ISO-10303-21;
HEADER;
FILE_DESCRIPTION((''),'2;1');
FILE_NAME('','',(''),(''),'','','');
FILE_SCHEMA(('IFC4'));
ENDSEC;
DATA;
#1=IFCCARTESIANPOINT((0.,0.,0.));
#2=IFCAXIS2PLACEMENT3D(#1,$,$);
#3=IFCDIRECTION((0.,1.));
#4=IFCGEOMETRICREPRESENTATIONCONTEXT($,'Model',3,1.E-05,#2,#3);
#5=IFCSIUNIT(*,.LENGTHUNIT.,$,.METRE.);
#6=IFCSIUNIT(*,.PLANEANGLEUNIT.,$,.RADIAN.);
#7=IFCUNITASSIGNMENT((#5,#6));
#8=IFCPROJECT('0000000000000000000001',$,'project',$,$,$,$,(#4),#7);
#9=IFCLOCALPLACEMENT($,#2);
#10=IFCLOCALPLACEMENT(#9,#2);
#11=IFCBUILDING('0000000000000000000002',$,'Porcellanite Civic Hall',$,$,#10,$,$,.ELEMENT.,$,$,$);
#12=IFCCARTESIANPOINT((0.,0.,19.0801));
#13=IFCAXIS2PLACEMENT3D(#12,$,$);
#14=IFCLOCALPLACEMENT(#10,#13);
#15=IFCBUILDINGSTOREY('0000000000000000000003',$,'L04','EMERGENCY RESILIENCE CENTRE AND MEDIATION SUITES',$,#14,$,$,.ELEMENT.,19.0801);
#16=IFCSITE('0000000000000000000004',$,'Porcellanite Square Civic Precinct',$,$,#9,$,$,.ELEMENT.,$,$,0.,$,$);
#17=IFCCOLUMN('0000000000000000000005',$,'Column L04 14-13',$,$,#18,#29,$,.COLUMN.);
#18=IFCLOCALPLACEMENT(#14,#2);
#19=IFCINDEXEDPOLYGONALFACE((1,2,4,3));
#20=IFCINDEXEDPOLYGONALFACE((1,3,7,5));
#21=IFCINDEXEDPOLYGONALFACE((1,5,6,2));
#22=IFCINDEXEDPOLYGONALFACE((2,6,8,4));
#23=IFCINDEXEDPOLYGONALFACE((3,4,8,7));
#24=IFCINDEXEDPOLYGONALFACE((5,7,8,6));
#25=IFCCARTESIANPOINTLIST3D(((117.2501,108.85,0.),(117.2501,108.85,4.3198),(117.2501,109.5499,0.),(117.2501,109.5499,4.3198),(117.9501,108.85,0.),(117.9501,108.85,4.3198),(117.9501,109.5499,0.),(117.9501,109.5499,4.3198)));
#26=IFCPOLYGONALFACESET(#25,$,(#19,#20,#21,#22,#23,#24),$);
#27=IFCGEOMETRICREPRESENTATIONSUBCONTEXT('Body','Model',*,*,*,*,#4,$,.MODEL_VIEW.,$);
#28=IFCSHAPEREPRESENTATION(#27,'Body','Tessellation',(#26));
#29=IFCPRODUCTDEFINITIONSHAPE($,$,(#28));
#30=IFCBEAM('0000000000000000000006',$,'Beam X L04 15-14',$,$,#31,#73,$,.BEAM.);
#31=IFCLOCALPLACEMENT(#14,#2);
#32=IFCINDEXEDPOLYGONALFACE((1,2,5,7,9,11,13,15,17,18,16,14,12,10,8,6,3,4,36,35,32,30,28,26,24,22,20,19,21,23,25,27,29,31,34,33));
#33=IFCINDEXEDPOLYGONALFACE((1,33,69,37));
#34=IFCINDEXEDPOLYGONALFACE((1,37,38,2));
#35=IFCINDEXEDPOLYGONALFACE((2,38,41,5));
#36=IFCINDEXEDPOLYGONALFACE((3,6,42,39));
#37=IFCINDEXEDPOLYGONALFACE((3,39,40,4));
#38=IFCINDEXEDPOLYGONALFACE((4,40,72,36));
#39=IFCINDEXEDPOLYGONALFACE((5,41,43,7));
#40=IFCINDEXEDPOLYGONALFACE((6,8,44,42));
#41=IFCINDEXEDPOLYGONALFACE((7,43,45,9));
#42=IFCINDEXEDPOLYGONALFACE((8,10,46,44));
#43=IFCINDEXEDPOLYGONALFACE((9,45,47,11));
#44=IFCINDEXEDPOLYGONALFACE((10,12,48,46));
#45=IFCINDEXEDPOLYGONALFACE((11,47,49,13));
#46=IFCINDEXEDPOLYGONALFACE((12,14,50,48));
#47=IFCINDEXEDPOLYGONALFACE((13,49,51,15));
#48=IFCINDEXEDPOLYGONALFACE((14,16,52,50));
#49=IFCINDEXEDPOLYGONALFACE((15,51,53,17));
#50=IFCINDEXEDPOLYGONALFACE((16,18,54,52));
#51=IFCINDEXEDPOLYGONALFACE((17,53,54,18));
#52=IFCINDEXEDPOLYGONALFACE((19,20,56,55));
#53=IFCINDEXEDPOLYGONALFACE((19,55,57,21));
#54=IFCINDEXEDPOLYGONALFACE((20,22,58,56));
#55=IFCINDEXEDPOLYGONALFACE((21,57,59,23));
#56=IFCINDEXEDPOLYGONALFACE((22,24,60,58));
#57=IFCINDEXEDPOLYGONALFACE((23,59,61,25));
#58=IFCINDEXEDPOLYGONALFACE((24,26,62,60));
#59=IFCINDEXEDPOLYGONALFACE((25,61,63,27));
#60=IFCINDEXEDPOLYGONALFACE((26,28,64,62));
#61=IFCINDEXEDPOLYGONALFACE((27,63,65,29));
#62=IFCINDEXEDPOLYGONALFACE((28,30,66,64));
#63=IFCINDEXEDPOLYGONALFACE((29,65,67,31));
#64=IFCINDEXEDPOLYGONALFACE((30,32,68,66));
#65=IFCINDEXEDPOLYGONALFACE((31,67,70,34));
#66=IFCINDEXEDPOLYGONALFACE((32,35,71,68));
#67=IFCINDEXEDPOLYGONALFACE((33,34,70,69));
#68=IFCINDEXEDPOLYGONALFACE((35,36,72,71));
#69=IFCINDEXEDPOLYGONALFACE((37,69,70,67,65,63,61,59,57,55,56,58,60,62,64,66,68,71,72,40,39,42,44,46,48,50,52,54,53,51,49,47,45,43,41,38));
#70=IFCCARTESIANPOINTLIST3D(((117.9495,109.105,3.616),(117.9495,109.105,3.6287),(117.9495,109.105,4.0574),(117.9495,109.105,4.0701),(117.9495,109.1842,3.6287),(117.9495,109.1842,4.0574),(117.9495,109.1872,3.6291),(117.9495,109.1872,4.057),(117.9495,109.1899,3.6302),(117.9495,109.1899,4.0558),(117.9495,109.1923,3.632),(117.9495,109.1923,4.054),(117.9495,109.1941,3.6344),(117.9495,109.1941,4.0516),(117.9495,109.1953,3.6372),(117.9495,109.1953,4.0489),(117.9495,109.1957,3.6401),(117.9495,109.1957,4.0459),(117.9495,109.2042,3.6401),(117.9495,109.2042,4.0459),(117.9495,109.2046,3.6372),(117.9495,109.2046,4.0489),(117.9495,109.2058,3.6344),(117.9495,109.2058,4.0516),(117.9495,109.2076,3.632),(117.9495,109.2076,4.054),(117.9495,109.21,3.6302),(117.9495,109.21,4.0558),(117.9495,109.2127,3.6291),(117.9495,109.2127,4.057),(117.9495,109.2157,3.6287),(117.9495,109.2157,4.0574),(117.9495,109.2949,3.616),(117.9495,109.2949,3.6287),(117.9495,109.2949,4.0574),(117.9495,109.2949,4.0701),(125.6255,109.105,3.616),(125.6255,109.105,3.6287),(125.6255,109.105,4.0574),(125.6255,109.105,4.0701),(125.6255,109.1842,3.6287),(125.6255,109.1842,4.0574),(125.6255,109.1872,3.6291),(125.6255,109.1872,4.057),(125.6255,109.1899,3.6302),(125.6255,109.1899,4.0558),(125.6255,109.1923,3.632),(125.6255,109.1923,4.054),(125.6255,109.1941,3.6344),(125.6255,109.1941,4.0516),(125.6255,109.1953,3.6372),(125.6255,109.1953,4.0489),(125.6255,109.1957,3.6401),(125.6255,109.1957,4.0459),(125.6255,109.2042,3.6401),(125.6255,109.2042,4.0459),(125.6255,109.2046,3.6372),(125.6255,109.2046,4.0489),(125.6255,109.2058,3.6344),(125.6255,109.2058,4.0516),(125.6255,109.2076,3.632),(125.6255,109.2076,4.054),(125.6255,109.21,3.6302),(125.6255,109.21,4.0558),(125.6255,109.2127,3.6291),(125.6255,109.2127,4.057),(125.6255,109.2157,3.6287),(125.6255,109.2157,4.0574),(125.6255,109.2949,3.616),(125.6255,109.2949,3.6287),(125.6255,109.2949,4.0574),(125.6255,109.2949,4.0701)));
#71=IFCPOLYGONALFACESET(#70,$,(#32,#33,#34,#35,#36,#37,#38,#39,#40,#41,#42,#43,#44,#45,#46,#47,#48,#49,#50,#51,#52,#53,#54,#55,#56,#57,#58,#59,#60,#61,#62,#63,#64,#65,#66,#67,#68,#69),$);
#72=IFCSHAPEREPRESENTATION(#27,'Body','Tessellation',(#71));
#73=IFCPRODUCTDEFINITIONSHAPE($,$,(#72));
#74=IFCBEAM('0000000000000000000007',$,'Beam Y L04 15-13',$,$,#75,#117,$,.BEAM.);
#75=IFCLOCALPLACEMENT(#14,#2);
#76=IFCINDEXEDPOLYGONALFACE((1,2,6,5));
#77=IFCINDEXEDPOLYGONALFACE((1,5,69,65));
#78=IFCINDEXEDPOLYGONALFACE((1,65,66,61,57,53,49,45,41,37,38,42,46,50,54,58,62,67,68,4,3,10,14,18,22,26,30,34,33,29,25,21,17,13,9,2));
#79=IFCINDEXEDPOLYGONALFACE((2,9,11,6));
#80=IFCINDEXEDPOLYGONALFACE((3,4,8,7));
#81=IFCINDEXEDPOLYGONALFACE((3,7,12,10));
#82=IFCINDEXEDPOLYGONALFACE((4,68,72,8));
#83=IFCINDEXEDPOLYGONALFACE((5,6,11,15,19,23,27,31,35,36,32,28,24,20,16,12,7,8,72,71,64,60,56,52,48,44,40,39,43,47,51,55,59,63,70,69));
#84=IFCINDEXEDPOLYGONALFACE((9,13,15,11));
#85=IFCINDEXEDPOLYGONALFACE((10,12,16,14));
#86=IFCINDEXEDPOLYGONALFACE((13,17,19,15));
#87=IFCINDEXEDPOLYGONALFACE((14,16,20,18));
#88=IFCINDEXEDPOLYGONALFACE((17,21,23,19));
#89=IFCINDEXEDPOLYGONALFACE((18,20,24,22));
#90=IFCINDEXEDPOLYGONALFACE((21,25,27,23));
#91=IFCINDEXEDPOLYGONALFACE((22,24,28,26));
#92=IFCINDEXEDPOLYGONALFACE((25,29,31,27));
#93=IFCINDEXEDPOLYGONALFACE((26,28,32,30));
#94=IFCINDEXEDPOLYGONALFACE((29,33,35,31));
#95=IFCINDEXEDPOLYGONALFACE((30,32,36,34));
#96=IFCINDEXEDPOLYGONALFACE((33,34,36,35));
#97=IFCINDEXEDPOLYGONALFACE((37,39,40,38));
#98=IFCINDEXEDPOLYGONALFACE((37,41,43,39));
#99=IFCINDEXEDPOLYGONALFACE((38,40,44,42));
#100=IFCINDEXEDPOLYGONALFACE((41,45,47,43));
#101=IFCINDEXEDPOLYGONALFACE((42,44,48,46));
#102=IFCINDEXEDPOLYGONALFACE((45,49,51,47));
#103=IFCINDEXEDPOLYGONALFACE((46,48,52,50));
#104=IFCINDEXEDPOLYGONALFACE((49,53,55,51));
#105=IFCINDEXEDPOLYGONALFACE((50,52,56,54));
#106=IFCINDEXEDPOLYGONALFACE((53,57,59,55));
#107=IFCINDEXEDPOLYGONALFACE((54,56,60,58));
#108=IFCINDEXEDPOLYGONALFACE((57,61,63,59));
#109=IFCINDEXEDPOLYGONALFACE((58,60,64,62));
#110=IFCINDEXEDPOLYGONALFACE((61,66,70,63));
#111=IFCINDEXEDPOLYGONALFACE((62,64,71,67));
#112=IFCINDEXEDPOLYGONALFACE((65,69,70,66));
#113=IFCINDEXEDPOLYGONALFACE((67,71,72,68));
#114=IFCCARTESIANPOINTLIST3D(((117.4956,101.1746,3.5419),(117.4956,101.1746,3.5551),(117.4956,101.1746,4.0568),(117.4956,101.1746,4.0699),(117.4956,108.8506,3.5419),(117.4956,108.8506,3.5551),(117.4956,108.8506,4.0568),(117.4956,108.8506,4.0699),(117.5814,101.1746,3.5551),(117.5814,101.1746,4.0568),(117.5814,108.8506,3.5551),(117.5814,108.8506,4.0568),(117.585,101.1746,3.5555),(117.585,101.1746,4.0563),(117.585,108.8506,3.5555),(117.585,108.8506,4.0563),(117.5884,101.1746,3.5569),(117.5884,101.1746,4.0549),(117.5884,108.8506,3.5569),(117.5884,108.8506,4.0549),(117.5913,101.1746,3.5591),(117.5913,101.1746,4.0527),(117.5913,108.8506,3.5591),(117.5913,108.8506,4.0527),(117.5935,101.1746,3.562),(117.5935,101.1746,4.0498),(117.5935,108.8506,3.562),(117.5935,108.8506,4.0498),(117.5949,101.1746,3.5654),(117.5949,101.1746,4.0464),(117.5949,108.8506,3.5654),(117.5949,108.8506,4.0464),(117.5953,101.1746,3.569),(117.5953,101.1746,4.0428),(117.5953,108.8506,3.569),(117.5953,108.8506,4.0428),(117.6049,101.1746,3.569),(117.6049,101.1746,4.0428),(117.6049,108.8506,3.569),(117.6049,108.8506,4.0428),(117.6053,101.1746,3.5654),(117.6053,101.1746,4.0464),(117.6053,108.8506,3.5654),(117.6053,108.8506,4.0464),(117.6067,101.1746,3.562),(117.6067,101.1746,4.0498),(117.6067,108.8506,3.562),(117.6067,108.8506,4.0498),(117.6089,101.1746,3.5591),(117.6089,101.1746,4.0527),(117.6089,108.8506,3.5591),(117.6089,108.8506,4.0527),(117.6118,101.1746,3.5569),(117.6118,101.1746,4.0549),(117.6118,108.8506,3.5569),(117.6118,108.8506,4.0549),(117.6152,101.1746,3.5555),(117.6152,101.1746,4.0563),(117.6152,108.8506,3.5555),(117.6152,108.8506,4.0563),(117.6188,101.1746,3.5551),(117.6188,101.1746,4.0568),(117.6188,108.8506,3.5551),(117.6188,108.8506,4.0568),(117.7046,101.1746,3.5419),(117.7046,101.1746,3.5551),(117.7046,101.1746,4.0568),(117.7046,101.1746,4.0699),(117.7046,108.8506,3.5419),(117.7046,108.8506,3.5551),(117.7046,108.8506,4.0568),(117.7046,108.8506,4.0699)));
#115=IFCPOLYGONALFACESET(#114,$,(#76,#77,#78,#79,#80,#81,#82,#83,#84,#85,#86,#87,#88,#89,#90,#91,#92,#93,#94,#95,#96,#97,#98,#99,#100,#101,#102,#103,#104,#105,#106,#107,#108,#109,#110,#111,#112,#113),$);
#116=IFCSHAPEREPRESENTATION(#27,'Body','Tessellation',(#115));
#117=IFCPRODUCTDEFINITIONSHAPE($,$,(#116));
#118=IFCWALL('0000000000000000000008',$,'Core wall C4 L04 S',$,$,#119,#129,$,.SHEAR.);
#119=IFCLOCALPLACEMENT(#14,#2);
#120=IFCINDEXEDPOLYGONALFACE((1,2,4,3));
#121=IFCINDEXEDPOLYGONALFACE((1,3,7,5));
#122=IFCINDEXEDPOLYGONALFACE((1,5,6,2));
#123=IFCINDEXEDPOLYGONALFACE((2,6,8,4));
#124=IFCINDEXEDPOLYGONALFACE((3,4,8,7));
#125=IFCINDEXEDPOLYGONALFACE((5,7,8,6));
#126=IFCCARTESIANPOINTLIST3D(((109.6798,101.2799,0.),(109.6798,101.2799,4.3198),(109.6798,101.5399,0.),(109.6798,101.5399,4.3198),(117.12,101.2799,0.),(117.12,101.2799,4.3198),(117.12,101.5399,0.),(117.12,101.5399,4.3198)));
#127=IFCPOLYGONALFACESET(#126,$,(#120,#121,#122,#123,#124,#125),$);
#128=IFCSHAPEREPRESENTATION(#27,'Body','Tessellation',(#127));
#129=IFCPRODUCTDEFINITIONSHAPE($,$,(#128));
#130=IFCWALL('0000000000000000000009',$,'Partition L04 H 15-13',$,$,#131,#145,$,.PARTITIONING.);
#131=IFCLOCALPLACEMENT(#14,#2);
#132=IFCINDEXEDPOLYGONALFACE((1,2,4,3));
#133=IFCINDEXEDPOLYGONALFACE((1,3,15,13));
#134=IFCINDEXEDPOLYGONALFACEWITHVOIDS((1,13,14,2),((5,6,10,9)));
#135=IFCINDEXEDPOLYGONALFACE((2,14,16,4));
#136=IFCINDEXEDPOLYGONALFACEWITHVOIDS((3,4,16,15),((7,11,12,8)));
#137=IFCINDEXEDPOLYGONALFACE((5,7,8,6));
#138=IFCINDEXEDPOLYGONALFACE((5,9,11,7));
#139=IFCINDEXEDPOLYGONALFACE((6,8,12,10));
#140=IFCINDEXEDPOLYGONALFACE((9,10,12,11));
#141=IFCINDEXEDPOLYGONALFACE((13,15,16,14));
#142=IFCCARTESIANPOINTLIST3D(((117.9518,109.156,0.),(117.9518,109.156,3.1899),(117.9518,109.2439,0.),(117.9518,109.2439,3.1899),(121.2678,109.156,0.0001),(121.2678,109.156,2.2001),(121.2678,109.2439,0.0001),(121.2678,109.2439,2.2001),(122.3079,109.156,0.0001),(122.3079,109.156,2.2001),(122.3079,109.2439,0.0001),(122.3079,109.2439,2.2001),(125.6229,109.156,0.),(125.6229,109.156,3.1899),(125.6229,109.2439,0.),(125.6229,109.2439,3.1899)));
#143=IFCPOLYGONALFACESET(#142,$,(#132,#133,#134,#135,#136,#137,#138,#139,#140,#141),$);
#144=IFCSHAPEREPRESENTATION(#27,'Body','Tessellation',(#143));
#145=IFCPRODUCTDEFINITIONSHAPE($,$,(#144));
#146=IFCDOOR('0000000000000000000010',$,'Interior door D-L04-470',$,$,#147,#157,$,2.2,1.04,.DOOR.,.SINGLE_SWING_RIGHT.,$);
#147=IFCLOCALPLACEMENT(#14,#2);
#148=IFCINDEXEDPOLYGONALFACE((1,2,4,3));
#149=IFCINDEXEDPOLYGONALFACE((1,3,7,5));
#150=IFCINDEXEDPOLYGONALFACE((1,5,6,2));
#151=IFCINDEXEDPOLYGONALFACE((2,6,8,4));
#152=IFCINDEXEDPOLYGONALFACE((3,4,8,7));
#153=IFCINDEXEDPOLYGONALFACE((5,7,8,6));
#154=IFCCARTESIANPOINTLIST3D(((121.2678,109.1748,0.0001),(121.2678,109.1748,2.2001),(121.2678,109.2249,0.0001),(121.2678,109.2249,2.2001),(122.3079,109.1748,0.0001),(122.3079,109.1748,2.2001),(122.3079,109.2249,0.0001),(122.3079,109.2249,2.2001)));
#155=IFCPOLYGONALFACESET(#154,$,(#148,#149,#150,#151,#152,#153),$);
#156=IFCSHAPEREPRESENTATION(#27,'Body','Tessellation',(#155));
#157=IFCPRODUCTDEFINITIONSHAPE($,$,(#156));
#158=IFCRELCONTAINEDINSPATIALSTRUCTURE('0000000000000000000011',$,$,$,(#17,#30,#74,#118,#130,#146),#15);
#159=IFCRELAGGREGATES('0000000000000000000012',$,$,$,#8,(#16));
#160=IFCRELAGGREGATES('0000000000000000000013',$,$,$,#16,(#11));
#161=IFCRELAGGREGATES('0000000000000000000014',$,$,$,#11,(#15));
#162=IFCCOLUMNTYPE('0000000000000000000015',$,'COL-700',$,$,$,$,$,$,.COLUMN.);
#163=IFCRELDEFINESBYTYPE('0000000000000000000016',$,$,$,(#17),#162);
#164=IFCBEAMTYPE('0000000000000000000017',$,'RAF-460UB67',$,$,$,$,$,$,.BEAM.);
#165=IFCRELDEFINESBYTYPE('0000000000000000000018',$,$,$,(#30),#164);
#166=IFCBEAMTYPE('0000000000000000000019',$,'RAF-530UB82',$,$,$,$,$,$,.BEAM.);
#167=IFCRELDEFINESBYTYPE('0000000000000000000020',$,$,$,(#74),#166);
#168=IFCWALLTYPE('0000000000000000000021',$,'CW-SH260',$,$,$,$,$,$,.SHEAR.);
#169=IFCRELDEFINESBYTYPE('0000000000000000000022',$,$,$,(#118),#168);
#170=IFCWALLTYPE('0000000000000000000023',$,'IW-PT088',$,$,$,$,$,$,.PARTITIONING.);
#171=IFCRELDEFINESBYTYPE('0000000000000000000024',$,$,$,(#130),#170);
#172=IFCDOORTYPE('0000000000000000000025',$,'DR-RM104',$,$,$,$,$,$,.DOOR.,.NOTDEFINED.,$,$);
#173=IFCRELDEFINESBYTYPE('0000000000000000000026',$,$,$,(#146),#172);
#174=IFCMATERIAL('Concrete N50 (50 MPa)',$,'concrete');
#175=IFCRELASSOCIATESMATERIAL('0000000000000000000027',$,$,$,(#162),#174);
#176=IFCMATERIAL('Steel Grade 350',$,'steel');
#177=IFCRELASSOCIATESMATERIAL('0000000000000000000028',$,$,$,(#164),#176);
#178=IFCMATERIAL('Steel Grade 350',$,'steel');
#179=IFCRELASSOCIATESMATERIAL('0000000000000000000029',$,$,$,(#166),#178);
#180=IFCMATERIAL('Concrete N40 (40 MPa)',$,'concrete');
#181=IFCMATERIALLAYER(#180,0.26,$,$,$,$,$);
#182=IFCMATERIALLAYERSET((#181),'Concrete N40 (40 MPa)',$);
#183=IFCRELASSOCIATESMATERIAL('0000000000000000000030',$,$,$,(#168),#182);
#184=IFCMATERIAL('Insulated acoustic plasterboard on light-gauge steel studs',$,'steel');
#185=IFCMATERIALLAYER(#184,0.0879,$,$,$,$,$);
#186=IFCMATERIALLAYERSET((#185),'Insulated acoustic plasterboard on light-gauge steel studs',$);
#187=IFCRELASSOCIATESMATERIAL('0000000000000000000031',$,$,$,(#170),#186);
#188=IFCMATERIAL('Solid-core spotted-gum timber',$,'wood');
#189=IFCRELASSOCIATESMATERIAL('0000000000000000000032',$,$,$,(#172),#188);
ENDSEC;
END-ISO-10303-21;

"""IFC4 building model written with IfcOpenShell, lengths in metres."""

from ifc_helpers import new_model, si_unit, direction, frame, frame_2d, origin, origin_2d, place, context, subcontext, project, spatial, rectangle, i_section, extrude, material, layer, layer_set, material_profile, profile_set, type_object, element, fill, save


model = new_model("IFC4")

# Units and contexts
model_context = context("Model", 3, precision=1e-05, world=origin(), true_north=direction((0.0, 1.0)))
body_context = subcontext(model_context, "Body", "Model", "MODEL_VIEW")
ifc_project = project(units=[si_unit("LENGTHUNIT", "METRE"), si_unit("PLANEANGLEUNIT", "RADIAN")], contexts=[model_context])

# Site, building, storey
site_placement = place(None, origin())
site = spatial("IfcSite", under=ifc_project, at=site_placement, Name="Porcellanite Square Civic Precinct", CompositionType="ELEMENT", RefElevation=0.0)
building_placement = place(site_placement, origin())
building = spatial("IfcBuilding", under=site, at=building_placement, Name="Porcellanite Civic Hall", CompositionType="ELEMENT")
storey_placement = place(building_placement, frame((0.0, 0.0, 19.0801)))
storey = spatial("IfcBuildingStorey", under=building, at=storey_placement, Name="L04", Description="EMERGENCY RESILIENCE CENTRE AND MEDIATION SUITES", CompositionType="ELEMENT", Elevation=19.0801)

# Column
ifc_material_1 = material(Name="Concrete N50 (50 MPa)", Category="concrete")
ifc_material_profile_1 = material_profile(ifc_material_1, rectangle(XDim=0.7, YDim=0.7, at=origin_2d()), Name="RC-700x700")
ifc_profile_set_1 = profile_set([ifc_material_profile_1], Name="Concrete N50 (50 MPa)")
column_type = type_object("IfcColumnType", Name="COL-700", PredefinedType="COLUMN", material=ifc_profile_set_1)
column_placement = place(storey_placement, frame((117.6001, 109.2, 0.0), z_axis=(0.0, 0.0, 1.0), x_axis=(1.0, 0.0, 0.0)))
element("IfcColumn", 1, at=column_placement, inside=storey, type_object=column_type, Name="Column L04 14-13", PredefinedType="COLUMN", context=body_context, shape_type="SweptSolid", body=[
    extrude(rectangle(XDim=0.7, YDim=0.7, at=origin_2d()), origin(), (0.0, 0.0, 1.0), 4.3198),
])

# Beams
ifc_material_2 = material(Name="Steel Grade 350", Category="steel")
ifc_material_profile_2 = material_profile(ifc_material_2, i_section(OverallWidth=0.1899, OverallDepth=0.4541, WebThickness=0.0085, FlangeThickness=0.0127, FilletRadius=0.0115, at=origin_2d()), Name="460UB67.1")
ifc_profile_set_2 = profile_set([ifc_material_profile_2], Name="Steel Grade 350")
beam_type_1 = type_object("IfcBeamType", Name="RAF-460UB67", PredefinedType="BEAM", material=ifc_profile_set_2)
beam_1_placement = place(storey_placement, frame((117.9495, 109.2, 3.843), z_axis=(1.0, 0.0, 0.0), x_axis=(0.0, 1.0, 0.0)))
element("IfcBeam", 2, at=beam_1_placement, inside=storey, type_object=beam_type_1, Name="Beam X L04 15-14", PredefinedType="BEAM", context=body_context, shape_type="SweptSolid", body=[
    extrude(i_section(OverallWidth=0.1899, OverallDepth=0.4541, WebThickness=0.0085, FlangeThickness=0.0127, FilletRadius=0.0115, at=origin_2d()), origin(), (0.0, 0.0, 1.0), 7.676),
])
ifc_material_3 = material(Name="Steel Grade 350", Category="steel")
ifc_material_profile_3 = material_profile(ifc_material_3, i_section(OverallWidth=0.209, OverallDepth=0.5281, WebThickness=0.0095, FlangeThickness=0.0132, FilletRadius=0.0139, at=origin_2d()), Name="530UB82.0")
ifc_profile_set_3 = profile_set([ifc_material_profile_3], Name="Steel Grade 350")
beam_type_2 = type_object("IfcBeamType", Name="RAF-530UB82", PredefinedType="BEAM", material=ifc_profile_set_3)
beam_2_placement = place(storey_placement, frame((117.6001, 101.1746, 3.8059), z_axis=(0.0, 1.0, 0.0), x_axis=(-1.0, 0.0, 0.0)))
element("IfcBeam", 3, at=beam_2_placement, inside=storey, type_object=beam_type_2, Name="Beam Y L04 15-13", PredefinedType="BEAM", context=body_context, shape_type="SweptSolid", body=[
    extrude(i_section(OverallWidth=0.209, OverallDepth=0.5281, WebThickness=0.0095, FlangeThickness=0.0132, FilletRadius=0.0139, at=origin_2d()), origin(), (0.0, 0.0, 1.0), 7.676),
])

# Wall
ifc_material_4 = material(Name="Concrete N40 (40 MPa)", Category="concrete")
ifc_layer_1 = layer(ifc_material_4, 0.26)
ifc_layer_set_1 = layer_set([ifc_layer_1], Name="Concrete N40 (40 MPa)")
wall_type_1 = type_object("IfcWallType", Name="CW-SH260", PredefinedType="SHEAR", material=ifc_layer_set_1)
wall_1_placement = place(storey_placement, frame((117.1201, 101.4099, 0.0), z_axis=(0.0, 0.0, 1.0), x_axis=(-1.0, 0.0, 0.0)))
element("IfcWall", 4, at=wall_1_placement, inside=storey, type_object=wall_type_1, Name="Core wall C4 L04 S", PredefinedType="SHEAR", context=body_context, shape_type="SweptSolid", body=[
    extrude(rectangle(XDim=7.4402, YDim=0.26, at=frame_2d((3.7202, 0.0))), origin(), (0.0, 0.0, 1.0), 4.3198),
])

# Wall, opening, door
ifc_material_5 = material(Name="Insulated acoustic plasterboard on light-gauge steel studs", Category="steel")
ifc_layer_2 = layer(ifc_material_5, 0.0879)
ifc_layer_set_2 = layer_set([ifc_layer_2], Name="Insulated acoustic plasterboard on light-gauge steel studs")
wall_type_2 = type_object("IfcWallType", Name="IW-PT088", PredefinedType="PARTITIONING", material=ifc_layer_set_2)
wall_2_placement = place(storey_placement, frame((117.9519, 109.2, 0.0), z_axis=(0.0, 0.0, 1.0), x_axis=(1.0, 0.0, 0.0)))
wall_2 = element("IfcWall", 5, at=wall_2_placement, inside=storey, type_object=wall_type_2, Name="Partition L04 H 15-13", PredefinedType="PARTITIONING", context=body_context, shape_type="SweptSolid", body=[
    extrude(rectangle(XDim=7.6711, YDim=0.0879, at=frame_2d((3.8354, 0.0))), origin(), (0.0, 0.0, 1.0), 3.1899),
])
opening_1_placement = place(wall_2_placement, frame((3.3159, 0.0, 0.0)))
opening_1 = element("IfcOpeningElement", 6, at=opening_1_placement, cuts=wall_2, PredefinedType="OPENING", context=body_context, shape_type="SweptSolid", body=[
    extrude(rectangle(XDim=1.04, YDim=2.2, at=frame_2d((0.52, 1.1001))), frame((0.0, 0.0439, 0.0), z_axis=(0.0, -1.0, 0.0), x_axis=(1.0, 0.0, 0.0)), (0.0, 0.0, 1.0), 0.0879),
])
ifc_material_6 = material(Name="Solid-core spotted-gum timber", Category="wood")
door_type_1 = type_object("IfcDoorType", Name="DR-RM104", OperationType="NOTDEFINED", PredefinedType="DOOR", material=ifc_material_6)
door_1_placement = place(opening_1_placement, origin())
door_1 = element("IfcDoor", 7, at=door_1_placement, inside=storey, type_object=door_type_1, Name="Interior door D-L04-470", OperationType="SINGLE_SWING_RIGHT", OverallHeight=2.2, OverallWidth=1.04, PredefinedType="DOOR", context=body_context, shape_type="SweptSolid", body=[
    extrude(rectangle(XDim=1.04, YDim=2.2, at=frame_2d((0.52, 1.1001))), frame((0.0, 0.0249, 0.0), z_axis=(0.0, -1.0, 0.0), x_axis=(1.0, 0.0, 0.0)), (0.0, 0.0, 1.0), 0.05),
])
fill(opening_1, door_1)

save(model, "model.ifc")
